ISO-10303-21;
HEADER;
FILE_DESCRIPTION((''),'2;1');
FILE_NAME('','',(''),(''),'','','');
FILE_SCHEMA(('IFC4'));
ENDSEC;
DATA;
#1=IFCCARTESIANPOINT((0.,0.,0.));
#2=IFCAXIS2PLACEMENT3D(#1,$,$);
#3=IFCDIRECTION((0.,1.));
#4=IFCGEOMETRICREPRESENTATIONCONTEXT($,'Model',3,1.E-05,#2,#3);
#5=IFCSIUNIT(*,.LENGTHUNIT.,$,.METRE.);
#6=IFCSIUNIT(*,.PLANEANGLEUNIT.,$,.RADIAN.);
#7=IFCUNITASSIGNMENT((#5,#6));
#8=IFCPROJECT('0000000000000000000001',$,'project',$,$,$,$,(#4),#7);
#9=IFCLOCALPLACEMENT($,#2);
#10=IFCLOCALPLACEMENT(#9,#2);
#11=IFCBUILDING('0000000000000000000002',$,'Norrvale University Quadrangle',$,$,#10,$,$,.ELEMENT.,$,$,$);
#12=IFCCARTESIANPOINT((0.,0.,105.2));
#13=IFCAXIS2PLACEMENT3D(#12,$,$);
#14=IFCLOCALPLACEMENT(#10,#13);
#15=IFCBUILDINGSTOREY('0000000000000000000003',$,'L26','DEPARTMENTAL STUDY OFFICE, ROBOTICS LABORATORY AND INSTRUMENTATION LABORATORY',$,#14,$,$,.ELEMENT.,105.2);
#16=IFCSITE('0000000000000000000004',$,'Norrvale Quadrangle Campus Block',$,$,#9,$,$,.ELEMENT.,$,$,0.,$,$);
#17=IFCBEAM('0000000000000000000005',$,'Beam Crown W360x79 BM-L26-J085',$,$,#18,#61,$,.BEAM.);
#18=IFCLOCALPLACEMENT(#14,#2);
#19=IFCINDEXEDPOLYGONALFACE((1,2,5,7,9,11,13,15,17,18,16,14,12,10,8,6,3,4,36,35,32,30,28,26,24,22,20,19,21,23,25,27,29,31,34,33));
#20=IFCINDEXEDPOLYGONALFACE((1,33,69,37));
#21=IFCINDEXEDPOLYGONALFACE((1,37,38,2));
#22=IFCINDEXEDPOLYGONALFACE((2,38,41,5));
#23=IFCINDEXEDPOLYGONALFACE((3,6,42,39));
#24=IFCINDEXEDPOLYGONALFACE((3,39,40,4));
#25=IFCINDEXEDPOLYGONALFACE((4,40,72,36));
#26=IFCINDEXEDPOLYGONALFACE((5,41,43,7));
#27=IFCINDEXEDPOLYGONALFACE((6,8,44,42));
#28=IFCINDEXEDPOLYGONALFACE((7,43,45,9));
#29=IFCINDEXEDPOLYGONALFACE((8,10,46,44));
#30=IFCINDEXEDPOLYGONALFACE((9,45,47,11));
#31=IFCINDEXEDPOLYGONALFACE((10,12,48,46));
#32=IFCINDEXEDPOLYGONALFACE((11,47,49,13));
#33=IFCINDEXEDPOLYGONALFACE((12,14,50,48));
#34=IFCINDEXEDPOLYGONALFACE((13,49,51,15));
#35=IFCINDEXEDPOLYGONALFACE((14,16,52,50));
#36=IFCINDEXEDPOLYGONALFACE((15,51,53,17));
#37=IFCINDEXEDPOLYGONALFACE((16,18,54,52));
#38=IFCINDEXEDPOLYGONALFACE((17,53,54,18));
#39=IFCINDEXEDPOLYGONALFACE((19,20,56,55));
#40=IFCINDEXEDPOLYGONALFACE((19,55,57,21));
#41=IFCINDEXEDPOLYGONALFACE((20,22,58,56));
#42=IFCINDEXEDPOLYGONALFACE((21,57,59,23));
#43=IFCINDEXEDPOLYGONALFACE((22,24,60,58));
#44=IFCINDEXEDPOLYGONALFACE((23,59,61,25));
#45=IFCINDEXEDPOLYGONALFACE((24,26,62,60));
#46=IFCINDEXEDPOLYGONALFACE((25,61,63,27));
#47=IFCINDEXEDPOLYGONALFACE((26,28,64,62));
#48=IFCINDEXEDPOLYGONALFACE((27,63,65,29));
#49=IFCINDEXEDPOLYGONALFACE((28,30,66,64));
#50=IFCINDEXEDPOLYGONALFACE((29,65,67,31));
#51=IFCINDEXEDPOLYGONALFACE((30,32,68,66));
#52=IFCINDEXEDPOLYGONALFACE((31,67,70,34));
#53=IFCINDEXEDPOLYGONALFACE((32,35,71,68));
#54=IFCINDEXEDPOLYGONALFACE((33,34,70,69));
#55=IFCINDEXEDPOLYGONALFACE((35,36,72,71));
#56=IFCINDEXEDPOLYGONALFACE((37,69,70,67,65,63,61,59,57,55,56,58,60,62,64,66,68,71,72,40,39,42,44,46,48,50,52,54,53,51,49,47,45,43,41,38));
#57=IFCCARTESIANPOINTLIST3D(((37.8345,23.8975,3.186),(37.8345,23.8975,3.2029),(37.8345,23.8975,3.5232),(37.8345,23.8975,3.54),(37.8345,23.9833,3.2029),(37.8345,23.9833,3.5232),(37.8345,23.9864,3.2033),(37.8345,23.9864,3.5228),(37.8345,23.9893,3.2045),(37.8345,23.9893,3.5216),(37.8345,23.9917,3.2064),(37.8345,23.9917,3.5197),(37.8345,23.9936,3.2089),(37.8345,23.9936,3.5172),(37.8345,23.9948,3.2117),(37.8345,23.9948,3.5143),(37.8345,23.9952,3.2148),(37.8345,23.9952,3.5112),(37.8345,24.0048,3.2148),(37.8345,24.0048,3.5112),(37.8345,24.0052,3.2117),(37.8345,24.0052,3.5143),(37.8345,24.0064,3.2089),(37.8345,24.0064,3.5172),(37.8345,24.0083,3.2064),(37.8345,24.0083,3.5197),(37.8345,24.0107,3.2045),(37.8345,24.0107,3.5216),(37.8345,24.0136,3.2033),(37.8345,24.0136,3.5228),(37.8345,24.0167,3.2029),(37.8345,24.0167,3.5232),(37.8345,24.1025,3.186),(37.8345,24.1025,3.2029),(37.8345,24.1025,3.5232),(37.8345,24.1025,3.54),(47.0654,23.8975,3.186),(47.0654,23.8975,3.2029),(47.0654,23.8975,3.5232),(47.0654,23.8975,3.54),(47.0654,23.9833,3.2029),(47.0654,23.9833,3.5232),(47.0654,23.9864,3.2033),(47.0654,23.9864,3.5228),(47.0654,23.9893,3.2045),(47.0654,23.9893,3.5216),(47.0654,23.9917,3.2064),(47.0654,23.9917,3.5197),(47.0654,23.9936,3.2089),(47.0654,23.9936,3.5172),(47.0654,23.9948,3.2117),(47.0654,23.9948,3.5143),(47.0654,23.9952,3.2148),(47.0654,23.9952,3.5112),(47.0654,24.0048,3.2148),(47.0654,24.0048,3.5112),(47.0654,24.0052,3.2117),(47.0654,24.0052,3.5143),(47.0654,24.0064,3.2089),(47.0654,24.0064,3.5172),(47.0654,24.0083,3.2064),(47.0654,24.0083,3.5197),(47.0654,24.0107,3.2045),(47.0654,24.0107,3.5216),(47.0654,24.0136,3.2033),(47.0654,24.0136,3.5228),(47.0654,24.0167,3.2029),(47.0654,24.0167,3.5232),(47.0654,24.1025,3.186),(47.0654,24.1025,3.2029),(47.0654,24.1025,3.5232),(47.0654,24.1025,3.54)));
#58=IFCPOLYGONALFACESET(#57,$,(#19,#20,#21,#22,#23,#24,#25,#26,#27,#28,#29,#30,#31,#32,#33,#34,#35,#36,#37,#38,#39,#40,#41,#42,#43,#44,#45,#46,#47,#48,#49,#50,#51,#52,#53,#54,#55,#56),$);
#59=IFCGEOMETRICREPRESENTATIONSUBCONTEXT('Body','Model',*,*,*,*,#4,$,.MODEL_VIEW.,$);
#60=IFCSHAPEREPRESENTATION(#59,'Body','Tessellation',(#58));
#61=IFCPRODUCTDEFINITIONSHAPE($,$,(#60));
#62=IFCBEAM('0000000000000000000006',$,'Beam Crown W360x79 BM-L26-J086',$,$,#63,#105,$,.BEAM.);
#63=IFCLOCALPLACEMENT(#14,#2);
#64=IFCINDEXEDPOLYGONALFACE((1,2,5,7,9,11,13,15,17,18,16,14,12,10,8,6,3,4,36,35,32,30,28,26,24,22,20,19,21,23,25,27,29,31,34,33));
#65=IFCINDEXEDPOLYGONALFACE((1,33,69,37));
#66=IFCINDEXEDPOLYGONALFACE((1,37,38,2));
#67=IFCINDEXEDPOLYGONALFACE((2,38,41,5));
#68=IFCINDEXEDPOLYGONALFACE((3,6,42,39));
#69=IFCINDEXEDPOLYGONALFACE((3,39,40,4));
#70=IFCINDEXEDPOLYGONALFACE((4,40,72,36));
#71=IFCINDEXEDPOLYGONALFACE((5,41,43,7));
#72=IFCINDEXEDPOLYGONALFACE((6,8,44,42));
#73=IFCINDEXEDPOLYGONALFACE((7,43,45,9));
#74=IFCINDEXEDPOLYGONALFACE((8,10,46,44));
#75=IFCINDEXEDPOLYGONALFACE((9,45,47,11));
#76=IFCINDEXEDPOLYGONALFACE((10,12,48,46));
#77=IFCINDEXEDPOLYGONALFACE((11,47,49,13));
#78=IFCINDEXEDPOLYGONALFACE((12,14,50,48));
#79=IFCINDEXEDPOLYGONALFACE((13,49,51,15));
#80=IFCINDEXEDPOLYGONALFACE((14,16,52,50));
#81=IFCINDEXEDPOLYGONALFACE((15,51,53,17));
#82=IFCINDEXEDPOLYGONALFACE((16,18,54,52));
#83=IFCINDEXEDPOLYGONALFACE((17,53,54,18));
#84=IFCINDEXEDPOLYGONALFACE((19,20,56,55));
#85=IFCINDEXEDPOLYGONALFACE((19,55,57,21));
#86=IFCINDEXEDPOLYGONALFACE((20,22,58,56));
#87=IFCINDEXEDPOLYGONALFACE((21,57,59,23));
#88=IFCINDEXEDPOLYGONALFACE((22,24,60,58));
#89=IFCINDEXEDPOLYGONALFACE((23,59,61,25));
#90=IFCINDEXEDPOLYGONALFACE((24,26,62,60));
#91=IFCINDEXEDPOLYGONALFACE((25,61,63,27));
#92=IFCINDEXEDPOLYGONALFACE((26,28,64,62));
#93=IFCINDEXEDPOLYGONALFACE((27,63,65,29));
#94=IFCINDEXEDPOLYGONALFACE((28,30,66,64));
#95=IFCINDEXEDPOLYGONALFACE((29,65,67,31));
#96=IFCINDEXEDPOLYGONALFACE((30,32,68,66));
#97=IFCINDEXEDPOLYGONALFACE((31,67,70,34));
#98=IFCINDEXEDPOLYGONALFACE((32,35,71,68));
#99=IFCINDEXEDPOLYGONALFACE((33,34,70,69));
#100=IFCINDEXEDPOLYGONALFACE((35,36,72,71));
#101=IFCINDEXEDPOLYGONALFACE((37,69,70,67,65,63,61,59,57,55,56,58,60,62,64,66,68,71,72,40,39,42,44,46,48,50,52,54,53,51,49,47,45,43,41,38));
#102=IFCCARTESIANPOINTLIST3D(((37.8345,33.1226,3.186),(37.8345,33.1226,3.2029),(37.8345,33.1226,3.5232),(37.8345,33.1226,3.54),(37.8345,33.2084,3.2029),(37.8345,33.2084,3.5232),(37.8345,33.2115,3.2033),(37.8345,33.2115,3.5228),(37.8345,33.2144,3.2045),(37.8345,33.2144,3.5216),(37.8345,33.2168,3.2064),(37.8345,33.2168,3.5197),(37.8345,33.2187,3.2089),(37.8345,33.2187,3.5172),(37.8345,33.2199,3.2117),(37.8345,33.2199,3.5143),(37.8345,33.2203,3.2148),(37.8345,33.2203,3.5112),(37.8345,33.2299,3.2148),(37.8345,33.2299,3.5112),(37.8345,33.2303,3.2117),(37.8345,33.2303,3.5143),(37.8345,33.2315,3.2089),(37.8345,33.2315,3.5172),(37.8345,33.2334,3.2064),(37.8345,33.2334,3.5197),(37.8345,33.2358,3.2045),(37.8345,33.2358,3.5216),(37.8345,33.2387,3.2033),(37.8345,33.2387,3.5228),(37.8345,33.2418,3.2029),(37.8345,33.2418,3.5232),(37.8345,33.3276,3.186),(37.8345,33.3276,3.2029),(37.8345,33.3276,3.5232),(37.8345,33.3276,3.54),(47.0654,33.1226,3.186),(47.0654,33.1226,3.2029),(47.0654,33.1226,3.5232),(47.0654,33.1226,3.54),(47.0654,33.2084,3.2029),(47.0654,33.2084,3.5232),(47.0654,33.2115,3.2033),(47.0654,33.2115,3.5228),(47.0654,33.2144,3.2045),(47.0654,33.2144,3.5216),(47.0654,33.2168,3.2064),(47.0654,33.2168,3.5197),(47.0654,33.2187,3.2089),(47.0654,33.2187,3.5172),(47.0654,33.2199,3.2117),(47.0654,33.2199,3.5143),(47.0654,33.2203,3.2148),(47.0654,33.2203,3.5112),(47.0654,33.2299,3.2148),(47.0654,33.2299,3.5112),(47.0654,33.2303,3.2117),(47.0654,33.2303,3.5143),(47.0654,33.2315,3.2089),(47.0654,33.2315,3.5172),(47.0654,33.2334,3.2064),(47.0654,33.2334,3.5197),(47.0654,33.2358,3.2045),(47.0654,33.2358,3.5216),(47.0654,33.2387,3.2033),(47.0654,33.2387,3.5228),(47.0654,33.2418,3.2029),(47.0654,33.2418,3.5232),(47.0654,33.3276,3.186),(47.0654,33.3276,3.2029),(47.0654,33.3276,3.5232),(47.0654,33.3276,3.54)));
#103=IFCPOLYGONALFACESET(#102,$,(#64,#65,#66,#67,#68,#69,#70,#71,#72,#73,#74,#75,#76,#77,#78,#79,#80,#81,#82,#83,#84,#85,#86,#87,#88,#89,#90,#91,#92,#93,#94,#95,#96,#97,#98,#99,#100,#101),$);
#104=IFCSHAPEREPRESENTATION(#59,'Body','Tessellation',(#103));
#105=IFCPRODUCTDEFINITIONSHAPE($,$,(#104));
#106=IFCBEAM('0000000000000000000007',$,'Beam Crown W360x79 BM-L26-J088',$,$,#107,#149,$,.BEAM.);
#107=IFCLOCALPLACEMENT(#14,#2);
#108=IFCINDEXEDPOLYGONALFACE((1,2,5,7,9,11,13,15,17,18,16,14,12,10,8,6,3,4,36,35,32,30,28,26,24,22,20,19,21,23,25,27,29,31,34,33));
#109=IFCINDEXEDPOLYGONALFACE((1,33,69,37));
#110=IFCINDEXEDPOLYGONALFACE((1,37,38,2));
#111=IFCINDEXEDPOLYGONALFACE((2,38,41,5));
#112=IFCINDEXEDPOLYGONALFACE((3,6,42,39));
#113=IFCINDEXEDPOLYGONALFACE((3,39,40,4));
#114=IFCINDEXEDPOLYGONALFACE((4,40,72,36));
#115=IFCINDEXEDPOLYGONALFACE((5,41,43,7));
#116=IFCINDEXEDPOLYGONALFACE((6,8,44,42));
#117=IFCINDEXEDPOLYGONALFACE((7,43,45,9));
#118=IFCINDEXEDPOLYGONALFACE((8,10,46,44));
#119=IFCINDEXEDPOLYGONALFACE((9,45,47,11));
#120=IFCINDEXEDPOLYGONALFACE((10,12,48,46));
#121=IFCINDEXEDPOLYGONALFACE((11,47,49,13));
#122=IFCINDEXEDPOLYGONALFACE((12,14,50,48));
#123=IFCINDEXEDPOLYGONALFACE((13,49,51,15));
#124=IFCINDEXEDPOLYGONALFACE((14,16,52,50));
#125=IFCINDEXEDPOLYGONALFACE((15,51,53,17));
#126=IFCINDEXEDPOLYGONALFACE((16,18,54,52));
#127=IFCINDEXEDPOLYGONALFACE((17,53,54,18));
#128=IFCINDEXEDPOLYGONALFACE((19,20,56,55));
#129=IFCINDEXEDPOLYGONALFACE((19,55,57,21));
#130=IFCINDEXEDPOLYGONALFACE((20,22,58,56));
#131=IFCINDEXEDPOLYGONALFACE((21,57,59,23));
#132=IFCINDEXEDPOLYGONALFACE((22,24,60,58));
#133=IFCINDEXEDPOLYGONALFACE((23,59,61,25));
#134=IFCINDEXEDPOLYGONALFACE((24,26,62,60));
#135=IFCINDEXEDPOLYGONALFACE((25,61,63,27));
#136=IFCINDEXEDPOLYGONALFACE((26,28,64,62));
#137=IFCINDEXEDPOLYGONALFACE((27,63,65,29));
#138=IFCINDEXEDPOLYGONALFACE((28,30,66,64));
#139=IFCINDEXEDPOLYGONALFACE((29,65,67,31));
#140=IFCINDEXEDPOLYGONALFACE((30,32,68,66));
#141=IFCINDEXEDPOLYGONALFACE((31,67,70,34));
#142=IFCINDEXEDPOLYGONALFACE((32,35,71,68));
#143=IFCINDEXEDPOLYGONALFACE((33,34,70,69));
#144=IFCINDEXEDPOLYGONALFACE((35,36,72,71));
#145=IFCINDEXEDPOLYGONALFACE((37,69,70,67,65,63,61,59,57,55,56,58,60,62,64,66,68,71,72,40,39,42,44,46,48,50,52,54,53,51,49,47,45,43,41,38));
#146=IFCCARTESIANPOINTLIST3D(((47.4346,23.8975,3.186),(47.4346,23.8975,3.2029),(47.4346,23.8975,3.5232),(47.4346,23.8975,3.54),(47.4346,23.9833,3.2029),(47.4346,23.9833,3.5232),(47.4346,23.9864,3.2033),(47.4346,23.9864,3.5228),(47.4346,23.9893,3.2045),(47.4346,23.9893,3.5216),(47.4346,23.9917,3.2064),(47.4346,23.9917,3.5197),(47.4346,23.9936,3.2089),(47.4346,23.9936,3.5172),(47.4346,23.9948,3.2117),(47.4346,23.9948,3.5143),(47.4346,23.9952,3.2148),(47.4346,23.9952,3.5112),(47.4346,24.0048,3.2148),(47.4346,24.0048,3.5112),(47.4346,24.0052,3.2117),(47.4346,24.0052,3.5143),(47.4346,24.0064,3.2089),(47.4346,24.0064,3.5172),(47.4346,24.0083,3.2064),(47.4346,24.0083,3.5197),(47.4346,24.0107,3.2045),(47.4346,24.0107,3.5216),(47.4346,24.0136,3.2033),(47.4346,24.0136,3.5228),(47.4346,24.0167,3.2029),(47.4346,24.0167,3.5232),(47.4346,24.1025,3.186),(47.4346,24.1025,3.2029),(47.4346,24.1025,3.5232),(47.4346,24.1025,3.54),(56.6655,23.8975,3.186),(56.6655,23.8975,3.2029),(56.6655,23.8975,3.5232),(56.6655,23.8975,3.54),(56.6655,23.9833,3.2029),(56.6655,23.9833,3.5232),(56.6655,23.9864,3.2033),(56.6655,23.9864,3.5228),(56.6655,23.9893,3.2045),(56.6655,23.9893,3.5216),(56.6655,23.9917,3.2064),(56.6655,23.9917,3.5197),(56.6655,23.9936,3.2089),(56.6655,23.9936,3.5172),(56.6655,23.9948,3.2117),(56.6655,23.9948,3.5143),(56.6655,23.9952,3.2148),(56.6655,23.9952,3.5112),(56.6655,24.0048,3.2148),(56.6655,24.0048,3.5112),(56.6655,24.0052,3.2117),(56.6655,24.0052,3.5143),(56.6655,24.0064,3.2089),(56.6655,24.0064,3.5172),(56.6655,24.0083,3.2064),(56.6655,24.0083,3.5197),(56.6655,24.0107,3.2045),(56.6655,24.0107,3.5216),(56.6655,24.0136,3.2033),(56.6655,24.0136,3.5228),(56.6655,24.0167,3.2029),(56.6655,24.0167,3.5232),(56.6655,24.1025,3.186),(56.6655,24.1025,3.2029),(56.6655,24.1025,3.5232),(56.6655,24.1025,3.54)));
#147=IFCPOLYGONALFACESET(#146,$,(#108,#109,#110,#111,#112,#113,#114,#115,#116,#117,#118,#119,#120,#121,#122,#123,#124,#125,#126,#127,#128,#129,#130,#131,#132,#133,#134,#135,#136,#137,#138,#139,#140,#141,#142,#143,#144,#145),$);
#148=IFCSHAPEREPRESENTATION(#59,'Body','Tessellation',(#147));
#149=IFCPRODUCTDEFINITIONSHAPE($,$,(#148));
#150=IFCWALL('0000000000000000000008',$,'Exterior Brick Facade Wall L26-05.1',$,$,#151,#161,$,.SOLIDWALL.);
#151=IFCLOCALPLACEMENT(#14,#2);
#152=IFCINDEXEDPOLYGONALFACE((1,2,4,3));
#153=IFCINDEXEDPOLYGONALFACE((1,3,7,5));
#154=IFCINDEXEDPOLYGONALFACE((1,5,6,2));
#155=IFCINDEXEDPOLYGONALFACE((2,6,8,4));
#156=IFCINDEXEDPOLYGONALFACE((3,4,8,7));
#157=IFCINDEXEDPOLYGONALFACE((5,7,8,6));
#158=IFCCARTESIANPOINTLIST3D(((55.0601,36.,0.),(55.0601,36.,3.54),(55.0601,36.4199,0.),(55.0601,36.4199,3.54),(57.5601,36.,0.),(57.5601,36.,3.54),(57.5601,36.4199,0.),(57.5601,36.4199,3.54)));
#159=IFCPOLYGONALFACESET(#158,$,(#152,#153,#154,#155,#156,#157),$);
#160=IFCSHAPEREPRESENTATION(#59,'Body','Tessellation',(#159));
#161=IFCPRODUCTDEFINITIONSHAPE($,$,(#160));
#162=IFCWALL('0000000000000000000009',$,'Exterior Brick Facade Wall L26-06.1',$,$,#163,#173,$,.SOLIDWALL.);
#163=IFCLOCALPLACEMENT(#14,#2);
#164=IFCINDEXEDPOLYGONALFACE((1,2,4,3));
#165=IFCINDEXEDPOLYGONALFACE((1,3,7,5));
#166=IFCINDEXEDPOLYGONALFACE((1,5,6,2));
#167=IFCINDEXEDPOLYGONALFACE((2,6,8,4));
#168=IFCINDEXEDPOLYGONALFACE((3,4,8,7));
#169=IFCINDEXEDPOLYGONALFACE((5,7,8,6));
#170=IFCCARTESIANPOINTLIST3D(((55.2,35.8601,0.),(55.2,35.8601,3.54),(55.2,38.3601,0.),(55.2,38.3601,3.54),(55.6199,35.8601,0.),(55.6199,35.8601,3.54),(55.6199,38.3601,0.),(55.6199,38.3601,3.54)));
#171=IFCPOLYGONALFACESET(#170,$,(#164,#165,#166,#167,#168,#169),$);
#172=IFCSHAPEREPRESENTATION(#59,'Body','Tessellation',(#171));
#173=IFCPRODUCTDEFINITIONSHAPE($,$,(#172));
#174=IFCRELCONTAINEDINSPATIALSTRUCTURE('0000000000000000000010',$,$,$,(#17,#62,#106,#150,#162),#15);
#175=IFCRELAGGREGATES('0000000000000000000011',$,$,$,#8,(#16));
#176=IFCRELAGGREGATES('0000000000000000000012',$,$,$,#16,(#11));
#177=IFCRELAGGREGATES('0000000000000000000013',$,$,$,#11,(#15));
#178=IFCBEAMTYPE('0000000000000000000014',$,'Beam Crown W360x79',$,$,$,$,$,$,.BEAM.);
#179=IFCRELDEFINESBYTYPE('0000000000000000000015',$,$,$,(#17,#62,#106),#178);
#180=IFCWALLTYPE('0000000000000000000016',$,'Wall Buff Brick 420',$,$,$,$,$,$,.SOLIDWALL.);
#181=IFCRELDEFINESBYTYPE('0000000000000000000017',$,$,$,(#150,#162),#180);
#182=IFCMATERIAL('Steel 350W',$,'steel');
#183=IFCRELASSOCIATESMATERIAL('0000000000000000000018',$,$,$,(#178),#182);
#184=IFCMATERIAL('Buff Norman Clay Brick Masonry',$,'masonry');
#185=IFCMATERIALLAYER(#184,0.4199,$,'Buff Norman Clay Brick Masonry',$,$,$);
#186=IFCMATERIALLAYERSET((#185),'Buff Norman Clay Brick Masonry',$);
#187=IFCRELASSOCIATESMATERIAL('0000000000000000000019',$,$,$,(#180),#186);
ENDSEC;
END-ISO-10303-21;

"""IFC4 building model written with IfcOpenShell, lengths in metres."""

from ifc_helpers import new_model, si_unit, direction, frame, frame_2d, origin, origin_2d, place, context, subcontext, project, spatial, rectangle, i_section, extrude, material, layer, layer_set, material_profile, profile_set, type_object, element, save


model = new_model("IFC4")

# Units and contexts
model_context = context("Model", 3, precision=1e-05, world=origin(), true_north=direction((0.0, 1.0)))
body_context = subcontext(model_context, "Body", "Model", "MODEL_VIEW")
ifc_project = project(units=[si_unit("LENGTHUNIT", "METRE"), si_unit("PLANEANGLEUNIT", "RADIAN")], contexts=[model_context])

# Site, building, storey
site_placement = place(None, origin())
site = spatial("IfcSite", under=ifc_project, at=site_placement, Name="Norrvale Quadrangle Campus Block", CompositionType="ELEMENT", RefElevation=0.0)
building_placement = place(site_placement, origin())
building = spatial("IfcBuilding", under=site, at=building_placement, Name="Norrvale University Quadrangle", CompositionType="ELEMENT")
storey_placement = place(building_placement, frame((0.0, 0.0, 105.2)))
storey = spatial("IfcBuildingStorey", under=building, at=storey_placement, Name="L26", Description="DEPARTMENTAL STUDY OFFICE, ROBOTICS LABORATORY AND INSTRUMENTATION LABORATORY", CompositionType="ELEMENT", Elevation=105.2)

# Beams
ifc_material_1 = material(Name="Steel 350W", Category="steel")
ifc_material_profile_1 = material_profile(ifc_material_1, i_section(OverallWidth=0.2051, OverallDepth=0.354, WebThickness=0.0095, FlangeThickness=0.0168, FilletRadius=0.012, at=origin_2d()), Name="Steel 350W")
ifc_profile_set_1 = profile_set([ifc_material_profile_1], Name="Steel 350W")
beam_type_1 = type_object("IfcBeamType", Name="Beam Crown W360x79", PredefinedType="BEAM", material=ifc_profile_set_1)
for number, where, z_axis, x_axis, name in (
    (1, (37.8345, 24.0, 3.363), (1.0, 0.0, 0.0), (0.0, 1.0, 0.0), "Beam Crown W360x79 BM-L26-J085"),
    (2, (37.8345, 33.2251, 3.363), (1.0, 0.0, 0.0), (0.0, 1.0, 0.0), "Beam Crown W360x79 BM-L26-J086"),
    (3, (47.4346, 24.0, 3.363), (1.0, 0.0, 0.0), (0.0, 1.0, 0.0), "Beam Crown W360x79 BM-L26-J088"),
):
    element("IfcBeam", number, at=place(storey_placement, frame(where, z_axis=z_axis, x_axis=x_axis)), inside=storey, type_object=beam_type_1, Name=name, PredefinedType="BEAM", context=body_context, shape_type="SweptSolid", body=[
        extrude(i_section(OverallWidth=0.2051, OverallDepth=0.354, WebThickness=0.0095, FlangeThickness=0.0168, FilletRadius=0.012, at=origin_2d()), origin(), (0.0, 0.0, 1.0), 9.231),
    ])

# Walls
ifc_material_2 = material(Name="Buff Norman Clay Brick Masonry", Category="masonry")
ifc_layer = layer(ifc_material_2, 0.4199, Name="Buff Norman Clay Brick Masonry")
ifc_layer_set = layer_set([ifc_layer], Name="Buff Norman Clay Brick Masonry")
wall_type = type_object("IfcWallType", Name="Wall Buff Brick 420", PredefinedType="SOLIDWALL", material=ifc_layer_set)
for number, where, z_axis, x_axis, name in (
    (4, (57.5601, 36.21, 0.0), (0.0, 0.0, 1.0), (-1.0, 0.0, 0.0), "Exterior Brick Facade Wall L26-05.1"),
    (5, (55.4099, 35.8601, 0.0), (0.0, 0.0, 1.0), (0.0, 1.0, 0.0), "Exterior Brick Facade Wall L26-06.1"),
):
    element("IfcWall", number, at=place(storey_placement, frame(where, z_axis=z_axis, x_axis=x_axis)), inside=storey, type_object=wall_type, Name=name, PredefinedType="SOLIDWALL", context=body_context, shape_type="SweptSolid", body=[
        extrude(rectangle(XDim=2.5, YDim=0.4199, at=frame_2d((1.25, 0.0))), origin(), (0.0, 0.0, 1.0), 3.54),
    ])

save(model, "model.ifc")
